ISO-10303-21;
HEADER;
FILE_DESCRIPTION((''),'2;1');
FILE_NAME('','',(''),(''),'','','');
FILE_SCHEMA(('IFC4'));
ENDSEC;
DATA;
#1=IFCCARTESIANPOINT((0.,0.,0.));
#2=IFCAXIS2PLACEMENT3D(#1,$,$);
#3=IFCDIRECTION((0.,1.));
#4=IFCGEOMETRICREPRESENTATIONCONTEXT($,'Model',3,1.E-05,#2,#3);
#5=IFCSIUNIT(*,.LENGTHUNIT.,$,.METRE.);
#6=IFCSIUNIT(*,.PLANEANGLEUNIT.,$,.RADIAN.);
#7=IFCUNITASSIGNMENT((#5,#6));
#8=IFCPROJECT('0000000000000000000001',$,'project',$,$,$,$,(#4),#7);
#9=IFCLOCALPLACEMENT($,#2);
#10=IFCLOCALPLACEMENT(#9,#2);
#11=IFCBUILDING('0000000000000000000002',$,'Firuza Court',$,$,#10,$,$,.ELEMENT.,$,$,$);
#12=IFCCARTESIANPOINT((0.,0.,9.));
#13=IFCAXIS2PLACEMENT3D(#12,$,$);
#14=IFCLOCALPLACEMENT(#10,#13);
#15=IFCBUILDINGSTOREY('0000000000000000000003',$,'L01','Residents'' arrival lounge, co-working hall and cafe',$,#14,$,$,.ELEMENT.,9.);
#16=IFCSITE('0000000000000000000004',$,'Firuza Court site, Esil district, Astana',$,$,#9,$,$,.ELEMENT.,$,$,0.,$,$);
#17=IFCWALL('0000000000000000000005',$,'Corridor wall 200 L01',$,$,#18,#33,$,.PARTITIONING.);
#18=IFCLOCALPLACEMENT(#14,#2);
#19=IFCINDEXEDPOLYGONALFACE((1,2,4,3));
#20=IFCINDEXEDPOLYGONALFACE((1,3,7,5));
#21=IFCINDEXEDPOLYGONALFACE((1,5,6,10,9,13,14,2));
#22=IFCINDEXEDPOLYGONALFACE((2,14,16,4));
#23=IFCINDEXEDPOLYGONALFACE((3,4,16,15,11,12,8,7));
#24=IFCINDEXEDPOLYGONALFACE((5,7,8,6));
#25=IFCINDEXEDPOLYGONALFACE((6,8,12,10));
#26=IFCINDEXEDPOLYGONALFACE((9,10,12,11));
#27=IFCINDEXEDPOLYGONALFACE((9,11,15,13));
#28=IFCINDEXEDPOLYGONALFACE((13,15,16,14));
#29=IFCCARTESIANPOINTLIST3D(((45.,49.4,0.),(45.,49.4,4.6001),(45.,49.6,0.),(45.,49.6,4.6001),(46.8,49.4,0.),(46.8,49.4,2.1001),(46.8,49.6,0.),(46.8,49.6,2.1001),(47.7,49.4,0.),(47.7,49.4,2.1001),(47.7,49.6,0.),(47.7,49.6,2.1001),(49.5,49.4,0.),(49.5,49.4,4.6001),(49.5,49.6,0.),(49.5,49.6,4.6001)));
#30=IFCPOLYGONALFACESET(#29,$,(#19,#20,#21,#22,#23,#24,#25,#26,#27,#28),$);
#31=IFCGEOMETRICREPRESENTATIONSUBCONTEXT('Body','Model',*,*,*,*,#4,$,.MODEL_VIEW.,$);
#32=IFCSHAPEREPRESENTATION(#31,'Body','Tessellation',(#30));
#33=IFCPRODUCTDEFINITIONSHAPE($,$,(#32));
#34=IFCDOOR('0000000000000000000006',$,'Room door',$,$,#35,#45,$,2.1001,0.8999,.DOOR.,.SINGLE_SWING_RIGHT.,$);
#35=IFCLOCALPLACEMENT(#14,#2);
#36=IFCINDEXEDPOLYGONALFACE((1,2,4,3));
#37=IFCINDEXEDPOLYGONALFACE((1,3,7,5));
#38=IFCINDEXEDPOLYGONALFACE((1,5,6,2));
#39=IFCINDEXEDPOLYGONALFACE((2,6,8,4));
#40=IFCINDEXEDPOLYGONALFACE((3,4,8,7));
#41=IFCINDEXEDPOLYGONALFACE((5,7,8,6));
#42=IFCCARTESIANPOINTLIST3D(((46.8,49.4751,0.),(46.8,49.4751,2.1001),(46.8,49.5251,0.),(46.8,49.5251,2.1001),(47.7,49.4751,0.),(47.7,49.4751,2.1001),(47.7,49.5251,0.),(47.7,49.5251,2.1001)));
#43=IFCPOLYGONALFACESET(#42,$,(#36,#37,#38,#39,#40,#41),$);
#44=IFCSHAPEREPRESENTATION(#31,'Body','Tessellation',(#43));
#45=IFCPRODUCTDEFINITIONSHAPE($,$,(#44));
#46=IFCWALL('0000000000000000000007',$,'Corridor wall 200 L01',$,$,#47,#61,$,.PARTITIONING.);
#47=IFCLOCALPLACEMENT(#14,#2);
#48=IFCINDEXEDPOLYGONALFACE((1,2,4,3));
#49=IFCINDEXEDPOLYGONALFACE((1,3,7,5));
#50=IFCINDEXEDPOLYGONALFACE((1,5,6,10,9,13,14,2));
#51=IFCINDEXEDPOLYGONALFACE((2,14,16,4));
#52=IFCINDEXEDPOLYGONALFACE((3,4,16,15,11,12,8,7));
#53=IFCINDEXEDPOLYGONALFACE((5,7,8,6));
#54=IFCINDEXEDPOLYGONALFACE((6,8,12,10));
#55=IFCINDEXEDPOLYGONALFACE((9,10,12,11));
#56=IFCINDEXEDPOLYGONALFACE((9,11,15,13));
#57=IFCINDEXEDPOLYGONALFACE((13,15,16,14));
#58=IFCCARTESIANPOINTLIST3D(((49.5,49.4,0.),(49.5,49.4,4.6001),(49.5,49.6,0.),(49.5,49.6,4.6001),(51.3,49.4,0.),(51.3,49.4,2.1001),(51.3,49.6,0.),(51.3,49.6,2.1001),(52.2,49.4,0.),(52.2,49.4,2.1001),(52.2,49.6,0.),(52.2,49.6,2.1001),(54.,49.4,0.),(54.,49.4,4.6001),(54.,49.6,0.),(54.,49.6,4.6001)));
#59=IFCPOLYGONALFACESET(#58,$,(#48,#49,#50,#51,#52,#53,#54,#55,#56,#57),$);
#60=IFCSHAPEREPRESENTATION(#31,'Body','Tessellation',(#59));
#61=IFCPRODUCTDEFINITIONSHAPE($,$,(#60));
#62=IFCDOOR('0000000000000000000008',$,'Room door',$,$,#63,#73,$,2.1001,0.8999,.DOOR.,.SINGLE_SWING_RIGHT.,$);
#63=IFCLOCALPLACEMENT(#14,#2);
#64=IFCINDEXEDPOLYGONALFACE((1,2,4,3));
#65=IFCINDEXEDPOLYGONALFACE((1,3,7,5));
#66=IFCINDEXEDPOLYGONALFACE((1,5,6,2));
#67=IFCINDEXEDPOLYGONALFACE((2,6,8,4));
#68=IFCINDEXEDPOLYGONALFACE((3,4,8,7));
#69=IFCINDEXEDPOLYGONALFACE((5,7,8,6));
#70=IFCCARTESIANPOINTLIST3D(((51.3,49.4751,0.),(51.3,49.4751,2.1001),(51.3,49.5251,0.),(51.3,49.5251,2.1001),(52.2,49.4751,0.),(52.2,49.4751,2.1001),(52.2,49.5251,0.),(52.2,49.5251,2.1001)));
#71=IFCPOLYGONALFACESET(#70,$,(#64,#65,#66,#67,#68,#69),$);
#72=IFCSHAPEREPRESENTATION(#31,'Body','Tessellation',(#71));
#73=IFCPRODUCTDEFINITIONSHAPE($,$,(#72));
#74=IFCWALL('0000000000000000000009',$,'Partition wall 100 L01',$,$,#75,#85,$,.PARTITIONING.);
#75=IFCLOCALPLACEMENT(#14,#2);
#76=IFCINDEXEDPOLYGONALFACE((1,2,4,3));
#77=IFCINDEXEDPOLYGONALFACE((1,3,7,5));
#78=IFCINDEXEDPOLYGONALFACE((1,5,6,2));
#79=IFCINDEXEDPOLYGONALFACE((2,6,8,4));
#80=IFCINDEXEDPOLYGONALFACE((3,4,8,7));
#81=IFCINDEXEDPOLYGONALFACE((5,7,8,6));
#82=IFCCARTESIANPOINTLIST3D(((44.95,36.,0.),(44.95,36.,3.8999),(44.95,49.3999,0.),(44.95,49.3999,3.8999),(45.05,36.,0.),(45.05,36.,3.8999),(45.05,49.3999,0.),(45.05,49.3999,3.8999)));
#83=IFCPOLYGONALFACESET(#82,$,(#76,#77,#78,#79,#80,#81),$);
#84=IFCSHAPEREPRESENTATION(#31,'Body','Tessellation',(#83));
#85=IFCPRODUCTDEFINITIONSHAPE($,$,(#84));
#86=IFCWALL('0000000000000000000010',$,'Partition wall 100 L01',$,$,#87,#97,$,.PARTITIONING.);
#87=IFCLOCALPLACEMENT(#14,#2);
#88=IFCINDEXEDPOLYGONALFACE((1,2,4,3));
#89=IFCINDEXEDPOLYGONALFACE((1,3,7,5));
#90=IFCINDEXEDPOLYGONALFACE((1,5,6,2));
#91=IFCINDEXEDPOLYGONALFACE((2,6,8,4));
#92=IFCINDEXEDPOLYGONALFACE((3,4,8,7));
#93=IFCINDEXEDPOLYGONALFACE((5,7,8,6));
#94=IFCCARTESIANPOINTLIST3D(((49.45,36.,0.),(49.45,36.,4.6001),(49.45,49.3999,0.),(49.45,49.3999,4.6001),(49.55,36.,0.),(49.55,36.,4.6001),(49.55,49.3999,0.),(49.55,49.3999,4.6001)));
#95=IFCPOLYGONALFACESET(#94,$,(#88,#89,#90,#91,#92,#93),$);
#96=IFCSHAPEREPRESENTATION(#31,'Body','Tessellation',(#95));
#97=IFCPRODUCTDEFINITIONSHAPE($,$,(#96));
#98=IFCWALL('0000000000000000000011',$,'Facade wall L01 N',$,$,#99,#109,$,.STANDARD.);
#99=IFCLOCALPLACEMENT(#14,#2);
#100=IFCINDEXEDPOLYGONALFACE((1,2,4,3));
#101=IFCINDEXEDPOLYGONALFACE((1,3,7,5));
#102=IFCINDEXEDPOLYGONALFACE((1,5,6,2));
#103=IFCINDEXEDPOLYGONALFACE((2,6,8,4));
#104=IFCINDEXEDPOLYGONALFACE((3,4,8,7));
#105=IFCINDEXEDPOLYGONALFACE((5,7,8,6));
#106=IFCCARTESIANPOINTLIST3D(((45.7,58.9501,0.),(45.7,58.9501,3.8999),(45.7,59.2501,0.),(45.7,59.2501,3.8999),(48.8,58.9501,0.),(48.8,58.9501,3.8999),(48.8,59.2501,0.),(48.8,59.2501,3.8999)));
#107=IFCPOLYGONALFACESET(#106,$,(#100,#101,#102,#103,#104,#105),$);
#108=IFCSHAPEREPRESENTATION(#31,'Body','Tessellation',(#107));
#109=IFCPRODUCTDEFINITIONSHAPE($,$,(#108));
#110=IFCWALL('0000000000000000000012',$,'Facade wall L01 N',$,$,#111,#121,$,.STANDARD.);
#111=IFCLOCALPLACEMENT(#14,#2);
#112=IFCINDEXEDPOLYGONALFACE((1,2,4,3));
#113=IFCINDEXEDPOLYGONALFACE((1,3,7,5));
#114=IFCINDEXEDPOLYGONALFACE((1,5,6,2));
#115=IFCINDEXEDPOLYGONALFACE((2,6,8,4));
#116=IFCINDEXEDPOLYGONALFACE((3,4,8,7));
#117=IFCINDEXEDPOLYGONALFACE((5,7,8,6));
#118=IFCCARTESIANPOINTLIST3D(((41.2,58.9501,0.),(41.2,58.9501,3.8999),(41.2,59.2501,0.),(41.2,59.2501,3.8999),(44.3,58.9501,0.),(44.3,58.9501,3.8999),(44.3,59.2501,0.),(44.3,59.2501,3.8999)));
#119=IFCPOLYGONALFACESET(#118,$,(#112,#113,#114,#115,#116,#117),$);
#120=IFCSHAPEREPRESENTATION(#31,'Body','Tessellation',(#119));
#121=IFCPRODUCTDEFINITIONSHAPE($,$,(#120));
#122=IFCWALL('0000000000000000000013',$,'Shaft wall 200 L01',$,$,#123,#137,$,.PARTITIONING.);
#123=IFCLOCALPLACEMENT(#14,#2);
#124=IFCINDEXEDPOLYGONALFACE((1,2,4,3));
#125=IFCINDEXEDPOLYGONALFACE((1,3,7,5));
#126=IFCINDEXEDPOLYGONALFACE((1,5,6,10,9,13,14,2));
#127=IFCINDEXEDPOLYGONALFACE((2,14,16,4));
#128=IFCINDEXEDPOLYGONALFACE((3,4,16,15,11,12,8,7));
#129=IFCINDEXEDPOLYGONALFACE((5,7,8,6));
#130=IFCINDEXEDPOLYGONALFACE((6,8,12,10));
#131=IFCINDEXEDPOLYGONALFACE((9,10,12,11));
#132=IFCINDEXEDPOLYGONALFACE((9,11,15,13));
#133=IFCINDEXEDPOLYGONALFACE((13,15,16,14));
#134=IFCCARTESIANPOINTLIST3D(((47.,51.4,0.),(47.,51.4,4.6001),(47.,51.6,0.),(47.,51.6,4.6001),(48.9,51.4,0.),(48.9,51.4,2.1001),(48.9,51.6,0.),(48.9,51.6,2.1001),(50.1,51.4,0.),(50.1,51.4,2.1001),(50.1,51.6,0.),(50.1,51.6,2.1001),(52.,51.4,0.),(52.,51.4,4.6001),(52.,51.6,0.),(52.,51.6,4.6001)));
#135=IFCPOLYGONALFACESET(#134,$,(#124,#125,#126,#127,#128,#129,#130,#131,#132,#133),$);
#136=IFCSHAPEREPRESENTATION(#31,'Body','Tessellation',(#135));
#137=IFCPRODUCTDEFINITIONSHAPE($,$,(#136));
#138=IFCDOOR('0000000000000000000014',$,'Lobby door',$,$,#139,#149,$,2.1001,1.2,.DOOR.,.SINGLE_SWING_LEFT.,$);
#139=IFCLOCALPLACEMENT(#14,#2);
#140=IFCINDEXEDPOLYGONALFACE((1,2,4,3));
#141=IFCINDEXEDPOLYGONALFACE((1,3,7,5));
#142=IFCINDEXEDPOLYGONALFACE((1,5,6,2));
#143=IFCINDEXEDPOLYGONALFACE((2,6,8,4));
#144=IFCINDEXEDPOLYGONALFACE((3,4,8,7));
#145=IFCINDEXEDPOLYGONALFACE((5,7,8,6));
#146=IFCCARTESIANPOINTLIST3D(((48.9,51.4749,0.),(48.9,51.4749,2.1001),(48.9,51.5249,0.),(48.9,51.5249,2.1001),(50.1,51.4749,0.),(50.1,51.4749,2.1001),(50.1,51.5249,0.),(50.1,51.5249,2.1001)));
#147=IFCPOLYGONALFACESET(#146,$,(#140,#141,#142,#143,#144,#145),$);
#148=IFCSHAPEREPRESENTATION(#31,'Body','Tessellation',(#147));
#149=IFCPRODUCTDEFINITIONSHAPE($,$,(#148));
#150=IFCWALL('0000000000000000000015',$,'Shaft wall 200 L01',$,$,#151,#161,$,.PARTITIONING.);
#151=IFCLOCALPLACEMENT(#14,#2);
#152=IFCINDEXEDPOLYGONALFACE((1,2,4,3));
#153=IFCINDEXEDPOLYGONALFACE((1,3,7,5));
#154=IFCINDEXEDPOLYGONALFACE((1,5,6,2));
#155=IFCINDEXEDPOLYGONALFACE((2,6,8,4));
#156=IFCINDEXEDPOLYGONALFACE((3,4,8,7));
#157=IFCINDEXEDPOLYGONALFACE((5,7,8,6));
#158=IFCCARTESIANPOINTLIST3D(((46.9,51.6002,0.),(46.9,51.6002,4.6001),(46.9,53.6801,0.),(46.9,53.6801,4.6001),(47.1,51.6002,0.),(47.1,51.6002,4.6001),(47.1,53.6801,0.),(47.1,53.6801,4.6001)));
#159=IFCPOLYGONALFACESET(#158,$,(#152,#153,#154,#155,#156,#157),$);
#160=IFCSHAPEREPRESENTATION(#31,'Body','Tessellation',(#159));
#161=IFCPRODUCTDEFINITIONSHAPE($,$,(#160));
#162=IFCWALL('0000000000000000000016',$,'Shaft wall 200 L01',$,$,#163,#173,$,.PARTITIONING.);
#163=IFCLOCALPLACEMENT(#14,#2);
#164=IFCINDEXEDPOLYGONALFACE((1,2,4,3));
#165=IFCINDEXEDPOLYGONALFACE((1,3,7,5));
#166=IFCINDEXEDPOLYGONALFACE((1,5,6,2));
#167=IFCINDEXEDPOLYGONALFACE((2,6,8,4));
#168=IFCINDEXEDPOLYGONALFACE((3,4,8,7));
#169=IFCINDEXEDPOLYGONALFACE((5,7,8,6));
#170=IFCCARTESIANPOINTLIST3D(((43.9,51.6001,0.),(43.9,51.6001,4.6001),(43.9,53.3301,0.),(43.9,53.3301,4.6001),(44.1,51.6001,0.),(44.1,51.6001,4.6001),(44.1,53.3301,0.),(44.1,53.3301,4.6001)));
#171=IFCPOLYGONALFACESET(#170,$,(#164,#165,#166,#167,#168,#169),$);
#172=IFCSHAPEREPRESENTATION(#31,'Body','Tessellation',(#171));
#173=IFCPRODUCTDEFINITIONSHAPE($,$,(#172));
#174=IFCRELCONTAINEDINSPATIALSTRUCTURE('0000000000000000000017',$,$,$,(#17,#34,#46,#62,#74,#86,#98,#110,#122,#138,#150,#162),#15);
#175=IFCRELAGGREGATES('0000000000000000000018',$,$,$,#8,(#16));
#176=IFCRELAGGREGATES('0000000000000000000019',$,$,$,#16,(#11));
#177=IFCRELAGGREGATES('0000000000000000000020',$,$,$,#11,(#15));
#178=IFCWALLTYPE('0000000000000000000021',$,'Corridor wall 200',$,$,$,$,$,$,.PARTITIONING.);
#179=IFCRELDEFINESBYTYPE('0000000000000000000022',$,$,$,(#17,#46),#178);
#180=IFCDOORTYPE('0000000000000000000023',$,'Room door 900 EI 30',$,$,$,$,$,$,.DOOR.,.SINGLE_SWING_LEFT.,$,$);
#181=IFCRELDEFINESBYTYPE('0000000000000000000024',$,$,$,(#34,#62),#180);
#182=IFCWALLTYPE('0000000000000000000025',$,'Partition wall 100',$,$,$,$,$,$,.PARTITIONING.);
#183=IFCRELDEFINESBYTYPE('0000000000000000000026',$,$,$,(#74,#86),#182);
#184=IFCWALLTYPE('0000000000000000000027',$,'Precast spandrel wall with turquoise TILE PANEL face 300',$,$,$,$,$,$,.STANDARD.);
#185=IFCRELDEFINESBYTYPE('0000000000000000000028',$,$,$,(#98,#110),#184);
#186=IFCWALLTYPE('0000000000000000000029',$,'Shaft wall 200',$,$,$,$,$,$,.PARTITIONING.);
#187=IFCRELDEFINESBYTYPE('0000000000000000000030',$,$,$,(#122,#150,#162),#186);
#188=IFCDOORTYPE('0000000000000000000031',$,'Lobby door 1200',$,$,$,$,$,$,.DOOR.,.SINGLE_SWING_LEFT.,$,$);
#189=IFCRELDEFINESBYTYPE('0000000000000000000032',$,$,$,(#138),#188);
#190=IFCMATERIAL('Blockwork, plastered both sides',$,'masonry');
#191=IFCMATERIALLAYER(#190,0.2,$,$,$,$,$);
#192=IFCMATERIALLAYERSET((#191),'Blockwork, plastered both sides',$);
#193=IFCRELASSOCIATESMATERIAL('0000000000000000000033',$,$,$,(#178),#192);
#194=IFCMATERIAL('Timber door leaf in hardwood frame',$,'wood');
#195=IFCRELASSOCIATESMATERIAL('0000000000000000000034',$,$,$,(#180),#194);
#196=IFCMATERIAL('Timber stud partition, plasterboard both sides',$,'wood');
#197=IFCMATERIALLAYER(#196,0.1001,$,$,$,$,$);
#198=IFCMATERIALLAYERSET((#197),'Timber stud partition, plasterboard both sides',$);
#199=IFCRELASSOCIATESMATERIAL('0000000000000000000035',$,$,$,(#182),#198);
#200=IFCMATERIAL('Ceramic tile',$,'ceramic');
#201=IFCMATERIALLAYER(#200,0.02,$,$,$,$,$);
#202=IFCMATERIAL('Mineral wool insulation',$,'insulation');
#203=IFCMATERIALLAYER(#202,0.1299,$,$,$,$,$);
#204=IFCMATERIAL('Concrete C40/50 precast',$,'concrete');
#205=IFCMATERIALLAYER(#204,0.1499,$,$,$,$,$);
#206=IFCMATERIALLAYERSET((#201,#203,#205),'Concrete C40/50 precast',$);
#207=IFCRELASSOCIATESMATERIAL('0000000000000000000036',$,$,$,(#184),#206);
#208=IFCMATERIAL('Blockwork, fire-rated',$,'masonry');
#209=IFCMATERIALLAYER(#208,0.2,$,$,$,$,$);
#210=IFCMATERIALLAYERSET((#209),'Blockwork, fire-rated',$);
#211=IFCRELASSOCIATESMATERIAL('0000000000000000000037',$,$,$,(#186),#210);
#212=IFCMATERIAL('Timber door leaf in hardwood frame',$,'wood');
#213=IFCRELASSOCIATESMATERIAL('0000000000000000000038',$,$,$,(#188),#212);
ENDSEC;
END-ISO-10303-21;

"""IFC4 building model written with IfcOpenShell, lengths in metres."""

from ifc_helpers import new_model, si_unit, direction, frame, frame_2d, origin, place, context, subcontext, project, spatial, rectangle, extrude, material, layer, layer_set, type_object, element, fill, save


model = new_model("IFC4")

# Units and contexts
model_context = context("Model", 3, precision=1e-05, world=origin(), true_north=direction((0.0, 1.0)))
body_context = subcontext(model_context, "Body", "Model", "MODEL_VIEW")
ifc_project = project(units=[si_unit("LENGTHUNIT", "METRE"), si_unit("PLANEANGLEUNIT", "RADIAN")], contexts=[model_context])

# Site, building, storey
site_placement = place(None, origin())
site = spatial("IfcSite", under=ifc_project, at=site_placement, Name="Firuza Court site, Esil district, Astana", CompositionType="ELEMENT", RefElevation=0.0)
building_placement = place(site_placement, origin())
building = spatial("IfcBuilding", under=site, at=building_placement, Name="Firuza Court", CompositionType="ELEMENT")
storey_placement = place(building_placement, frame((0.0, 0.0, 9.0)))
storey = spatial("IfcBuildingStorey", under=building, at=storey_placement, Name="L01", Description="Residents' arrival lounge, co-working hall and cafe", CompositionType="ELEMENT", Elevation=9.0)

# Walls, openings, doors
ifc_material_1 = material(Name="Blockwork, plastered both sides", Category="masonry")
ifc_layer_1 = layer(ifc_material_1, 0.2)
ifc_layer_set_1 = layer_set([ifc_layer_1], Name="Blockwork, plastered both sides")
wall_type_1 = type_object("IfcWallType", Name="Corridor wall 200", PredefinedType="PARTITIONING", material=ifc_layer_set_1)
wall_1_placement = place(storey_placement, frame((45.0, 49.5, 0.0), z_axis=(0.0, 0.0, 1.0), x_axis=(1.0, 0.0, 0.0)))
wall_1 = element("IfcWall", 1, at=wall_1_placement, inside=storey, type_object=wall_type_1, Name="Corridor wall 200 L01", PredefinedType="PARTITIONING", context=body_context, shape_type="SweptSolid", body=[
    extrude(rectangle(XDim=4.5, YDim=0.2, at=frame_2d((2.25, 0.0))), origin(), (0.0, 0.0, 1.0), 4.6001),
])
opening_1_placement = place(wall_1_placement, frame((1.8, 0.0, 0.0)))
opening_1 = element("IfcOpeningElement", 2, at=opening_1_placement, cuts=wall_1, PredefinedType="OPENING", context=body_context, shape_type="SweptSolid", body=[
    extrude(rectangle(XDim=0.8999, YDim=2.1001, at=frame_2d((0.45, 1.05))), frame((0.0, 0.1118, 0.0), z_axis=(0.0, -1.0, 0.0), x_axis=(1.0, 0.0, 0.0)), (0.0, 0.0, 1.0), 0.2239),
])
ifc_material_2 = material(Name="Timber door leaf in hardwood frame", Category="wood")
door_type_1 = type_object("IfcDoorType", Name="Room door 900 EI 30", OperationType="SINGLE_SWING_LEFT", PredefinedType="DOOR", material=ifc_material_2)
door_1_placement = place(opening_1_placement, frame((0.8999, 0.0, 0.0), z_axis=(0.0, 0.0, 1.0), x_axis=(-1.0, 0.0, 0.0)))
door_1 = element("IfcDoor", 3, at=door_1_placement, inside=storey, type_object=door_type_1, Name="Room door", OperationType="SINGLE_SWING_RIGHT", OverallHeight=2.1001, OverallWidth=0.8999, PredefinedType="DOOR", context=body_context, shape_type="SweptSolid", body=[
    extrude(rectangle(XDim=0.8999, YDim=2.1001, at=frame_2d((0.45, 1.05))), frame((0.0, 0.0249, 0.0), z_axis=(0.0, -1.0, 0.0), x_axis=(1.0, 0.0, 0.0)), (0.0, 0.0, 1.0), 0.05),
])
fill(opening_1, door_1)
wall_2_placement = place(storey_placement, frame((49.5, 49.5, 0.0), z_axis=(0.0, 0.0, 1.0), x_axis=(1.0, 0.0, 0.0)))
wall_2 = element("IfcWall", 4, at=wall_2_placement, inside=storey, type_object=wall_type_1, Name="Corridor wall 200 L01", PredefinedType="PARTITIONING", context=body_context, shape_type="SweptSolid", body=[
    extrude(rectangle(XDim=4.5, YDim=0.2, at=frame_2d((2.25, 0.0))), origin(), (0.0, 0.0, 1.0), 4.6001),
])
opening_2_placement = place(wall_2_placement, frame((1.8, 0.0, 0.0)))
opening_2 = element("IfcOpeningElement", 5, at=opening_2_placement, cuts=wall_2, PredefinedType="OPENING", context=body_context, shape_type="SweptSolid", body=[
    extrude(rectangle(XDim=0.8999, YDim=2.1001, at=frame_2d((0.45, 1.05))), frame((0.0, 0.1118, 0.0), z_axis=(0.0, -1.0, 0.0), x_axis=(1.0, 0.0, 0.0)), (0.0, 0.0, 1.0), 0.2239),
])
door_2_placement = place(opening_2_placement, frame((0.8999, 0.0, 0.0), z_axis=(0.0, 0.0, 1.0), x_axis=(-1.0, 0.0, 0.0)))
door_2 = element("IfcDoor", 6, at=door_2_placement, inside=storey, type_object=door_type_1, Name="Room door", OperationType="SINGLE_SWING_RIGHT", OverallHeight=2.1001, OverallWidth=0.8999, PredefinedType="DOOR", context=body_context, shape_type="SweptSolid", body=[
    extrude(rectangle(XDim=0.8999, YDim=2.1001, at=frame_2d((0.45, 1.05))), frame((0.0, 0.0249, 0.0), z_axis=(0.0, -1.0, 0.0), x_axis=(1.0, 0.0, 0.0)), (0.0, 0.0, 1.0), 0.05),
])
fill(opening_2, door_2)

# Walls
ifc_material_3 = material(Name="Timber stud partition, plasterboard both sides", Category="wood")
ifc_layer_2 = layer(ifc_material_3, 0.1001)
ifc_layer_set_2 = layer_set([ifc_layer_2], Name="Timber stud partition, plasterboard both sides")
wall_type_2 = type_object("IfcWallType", Name="Partition wall 100", PredefinedType="PARTITIONING", material=ifc_layer_set_2)
wall_3_placement = place(storey_placement, frame((45.0, 49.3999, 0.0), z_axis=(0.0, 0.0, 1.0), x_axis=(0.0, -1.0, 0.0)))
element("IfcWall", 7, at=wall_3_placement, inside=storey, type_object=wall_type_2, Name="Partition wall 100 L01", PredefinedType="PARTITIONING", context=body_context, shape_type="SweptSolid", body=[
    extrude(rectangle(XDim=13.3999, YDim=0.1001, at=frame_2d((6.7, 0.0))), origin(), (0.0, 0.0, 1.0), 3.8999),
])
wall_4_placement = place(storey_placement, frame((49.5, 49.3999, 0.0), z_axis=(0.0, 0.0, 1.0), x_axis=(0.0, -1.0, 0.0)))
element("IfcWall", 8, at=wall_4_placement, inside=storey, type_object=wall_type_2, Name="Partition wall 100 L01", PredefinedType="PARTITIONING", context=body_context, shape_type="SweptSolid", body=[
    extrude(rectangle(XDim=13.3999, YDim=0.1001, at=frame_2d((6.7, 0.0))), origin(), (0.0, 0.0, 1.0), 4.6001),
])
ifc_material_4 = material(Name="Ceramic tile", Category="ceramic")
ifc_layer_3 = layer(ifc_material_4, 0.02)
ifc_material_5 = material(Name="Mineral wool insulation", Category="insulation")
ifc_layer_4 = layer(ifc_material_5, 0.1299)
ifc_material_6 = material(Name="Concrete C40/50 precast", Category="concrete")
ifc_layer_5 = layer(ifc_material_6, 0.1499)
ifc_layer_set_3 = layer_set([ifc_layer_3, ifc_layer_4, ifc_layer_5], Name="Concrete C40/50 precast")
wall_type_3 = type_object("IfcWallType", Name="Precast spandrel wall with turquoise TILE PANEL face 300", PredefinedType="STANDARD", material=ifc_layer_set_3)
for number, where, z_axis, x_axis, name in (
    (9, (48.8, 59.1001, 0.0), (0.0, 0.0, 1.0), (-1.0, 0.0, 0.0), "Facade wall L01 N"),
    (10, (44.3, 59.1001, 0.0), (0.0, 0.0, 1.0), (-1.0, 0.0, 0.0), "Facade wall L01 N"),
):
    element("IfcWall", number, at=place(storey_placement, frame(where, z_axis=z_axis, x_axis=x_axis)), inside=storey, type_object=wall_type_3, Name=name, PredefinedType="STANDARD", context=body_context, shape_type="SweptSolid", body=[
        extrude(rectangle(XDim=3.1001, YDim=0.3, at=frame_2d((1.55, 0.0))), origin(), (0.0, 0.0, 1.0), 3.8999),
    ])

# Wall, opening, door
ifc_material_7 = material(Name="Blockwork, fire-rated", Category="masonry")
ifc_layer_6 = layer(ifc_material_7, 0.2)
ifc_layer_set_4 = layer_set([ifc_layer_6], Name="Blockwork, fire-rated")
wall_type_4 = type_object("IfcWallType", Name="Shaft wall 200", PredefinedType="PARTITIONING", material=ifc_layer_set_4)
wall_5_placement = place(storey_placement, frame((47.0, 51.5, 0.0), z_axis=(0.0, 0.0, 1.0), x_axis=(1.0, 0.0, 0.0)))
wall_5 = element("IfcWall", 11, at=wall_5_placement, inside=storey, type_object=wall_type_4, Name="Shaft wall 200 L01", PredefinedType="PARTITIONING", context=body_context, shape_type="SweptSolid", body=[
    extrude(rectangle(XDim=5.0, YDim=0.2, at=frame_2d((2.5, 0.0))), origin(), (0.0, 0.0, 1.0), 4.6001),
])
opening_3_placement = place(wall_5_placement, frame((1.8999, 0.0, 0.0)))
opening_3 = element("IfcOpeningElement", 12, at=opening_3_placement, cuts=wall_5, PredefinedType="OPENING", context=body_context, shape_type="SweptSolid", body=[
    extrude(rectangle(XDim=1.2, YDim=2.1001, at=frame_2d((0.6001, 1.05))), frame((0.0, 0.1118, 0.0), z_axis=(0.0, -1.0, 0.0), x_axis=(1.0, 0.0, 0.0)), (0.0, 0.0, 1.0), 0.2239),
])
ifc_material_8 = material(Name="Timber door leaf in hardwood frame", Category="wood")
door_type_2 = type_object("IfcDoorType", Name="Lobby door 1200", OperationType="SINGLE_SWING_LEFT", PredefinedType="DOOR", material=ifc_material_8)
door_3_placement = place(opening_3_placement, origin())
door_3 = element("IfcDoor", 13, at=door_3_placement, inside=storey, type_object=door_type_2, Name="Lobby door", OperationType="SINGLE_SWING_LEFT", OverallHeight=2.1001, OverallWidth=1.2, PredefinedType="DOOR", context=body_context, shape_type="SweptSolid", body=[
    extrude(rectangle(XDim=1.2, YDim=2.1001, at=frame_2d((0.6001, 1.05))), frame((0.0, 0.0249, 0.0), z_axis=(0.0, -1.0, 0.0), x_axis=(1.0, 0.0, 0.0)), (0.0, 0.0, 1.0), 0.05),
])
fill(opening_3, door_3)

# Walls
wall_6_placement = place(storey_placement, frame((47.0, 51.6001, 0.0), z_axis=(0.0, 0.0, 1.0), x_axis=(0.0, 1.0, 0.0)))
element("IfcWall", 14, at=wall_6_placement, inside=storey, type_object=wall_type_4, Name="Shaft wall 200 L01", PredefinedType="PARTITIONING", context=body_context, shape_type="SweptSolid", body=[
    extrude(rectangle(XDim=2.0798, YDim=0.2, at=frame_2d((1.04, 0.0))), origin(), (0.0, 0.0, 1.0), 4.6001),
])
wall_7_placement = place(storey_placement, frame((44.0, 51.6001, 0.0), z_axis=(0.0, 0.0, 1.0), x_axis=(0.0, 1.0, 0.0)))
element("IfcWall", 15, at=wall_7_placement, inside=storey, type_object=wall_type_4, Name="Shaft wall 200 L01", PredefinedType="PARTITIONING", context=body_context, shape_type="SweptSolid", body=[
    extrude(rectangle(XDim=1.73, YDim=0.2, at=frame_2d((0.865, 0.0))), origin(), (0.0, 0.0, 1.0), 4.6001),
])

save(model, "model.ifc")
